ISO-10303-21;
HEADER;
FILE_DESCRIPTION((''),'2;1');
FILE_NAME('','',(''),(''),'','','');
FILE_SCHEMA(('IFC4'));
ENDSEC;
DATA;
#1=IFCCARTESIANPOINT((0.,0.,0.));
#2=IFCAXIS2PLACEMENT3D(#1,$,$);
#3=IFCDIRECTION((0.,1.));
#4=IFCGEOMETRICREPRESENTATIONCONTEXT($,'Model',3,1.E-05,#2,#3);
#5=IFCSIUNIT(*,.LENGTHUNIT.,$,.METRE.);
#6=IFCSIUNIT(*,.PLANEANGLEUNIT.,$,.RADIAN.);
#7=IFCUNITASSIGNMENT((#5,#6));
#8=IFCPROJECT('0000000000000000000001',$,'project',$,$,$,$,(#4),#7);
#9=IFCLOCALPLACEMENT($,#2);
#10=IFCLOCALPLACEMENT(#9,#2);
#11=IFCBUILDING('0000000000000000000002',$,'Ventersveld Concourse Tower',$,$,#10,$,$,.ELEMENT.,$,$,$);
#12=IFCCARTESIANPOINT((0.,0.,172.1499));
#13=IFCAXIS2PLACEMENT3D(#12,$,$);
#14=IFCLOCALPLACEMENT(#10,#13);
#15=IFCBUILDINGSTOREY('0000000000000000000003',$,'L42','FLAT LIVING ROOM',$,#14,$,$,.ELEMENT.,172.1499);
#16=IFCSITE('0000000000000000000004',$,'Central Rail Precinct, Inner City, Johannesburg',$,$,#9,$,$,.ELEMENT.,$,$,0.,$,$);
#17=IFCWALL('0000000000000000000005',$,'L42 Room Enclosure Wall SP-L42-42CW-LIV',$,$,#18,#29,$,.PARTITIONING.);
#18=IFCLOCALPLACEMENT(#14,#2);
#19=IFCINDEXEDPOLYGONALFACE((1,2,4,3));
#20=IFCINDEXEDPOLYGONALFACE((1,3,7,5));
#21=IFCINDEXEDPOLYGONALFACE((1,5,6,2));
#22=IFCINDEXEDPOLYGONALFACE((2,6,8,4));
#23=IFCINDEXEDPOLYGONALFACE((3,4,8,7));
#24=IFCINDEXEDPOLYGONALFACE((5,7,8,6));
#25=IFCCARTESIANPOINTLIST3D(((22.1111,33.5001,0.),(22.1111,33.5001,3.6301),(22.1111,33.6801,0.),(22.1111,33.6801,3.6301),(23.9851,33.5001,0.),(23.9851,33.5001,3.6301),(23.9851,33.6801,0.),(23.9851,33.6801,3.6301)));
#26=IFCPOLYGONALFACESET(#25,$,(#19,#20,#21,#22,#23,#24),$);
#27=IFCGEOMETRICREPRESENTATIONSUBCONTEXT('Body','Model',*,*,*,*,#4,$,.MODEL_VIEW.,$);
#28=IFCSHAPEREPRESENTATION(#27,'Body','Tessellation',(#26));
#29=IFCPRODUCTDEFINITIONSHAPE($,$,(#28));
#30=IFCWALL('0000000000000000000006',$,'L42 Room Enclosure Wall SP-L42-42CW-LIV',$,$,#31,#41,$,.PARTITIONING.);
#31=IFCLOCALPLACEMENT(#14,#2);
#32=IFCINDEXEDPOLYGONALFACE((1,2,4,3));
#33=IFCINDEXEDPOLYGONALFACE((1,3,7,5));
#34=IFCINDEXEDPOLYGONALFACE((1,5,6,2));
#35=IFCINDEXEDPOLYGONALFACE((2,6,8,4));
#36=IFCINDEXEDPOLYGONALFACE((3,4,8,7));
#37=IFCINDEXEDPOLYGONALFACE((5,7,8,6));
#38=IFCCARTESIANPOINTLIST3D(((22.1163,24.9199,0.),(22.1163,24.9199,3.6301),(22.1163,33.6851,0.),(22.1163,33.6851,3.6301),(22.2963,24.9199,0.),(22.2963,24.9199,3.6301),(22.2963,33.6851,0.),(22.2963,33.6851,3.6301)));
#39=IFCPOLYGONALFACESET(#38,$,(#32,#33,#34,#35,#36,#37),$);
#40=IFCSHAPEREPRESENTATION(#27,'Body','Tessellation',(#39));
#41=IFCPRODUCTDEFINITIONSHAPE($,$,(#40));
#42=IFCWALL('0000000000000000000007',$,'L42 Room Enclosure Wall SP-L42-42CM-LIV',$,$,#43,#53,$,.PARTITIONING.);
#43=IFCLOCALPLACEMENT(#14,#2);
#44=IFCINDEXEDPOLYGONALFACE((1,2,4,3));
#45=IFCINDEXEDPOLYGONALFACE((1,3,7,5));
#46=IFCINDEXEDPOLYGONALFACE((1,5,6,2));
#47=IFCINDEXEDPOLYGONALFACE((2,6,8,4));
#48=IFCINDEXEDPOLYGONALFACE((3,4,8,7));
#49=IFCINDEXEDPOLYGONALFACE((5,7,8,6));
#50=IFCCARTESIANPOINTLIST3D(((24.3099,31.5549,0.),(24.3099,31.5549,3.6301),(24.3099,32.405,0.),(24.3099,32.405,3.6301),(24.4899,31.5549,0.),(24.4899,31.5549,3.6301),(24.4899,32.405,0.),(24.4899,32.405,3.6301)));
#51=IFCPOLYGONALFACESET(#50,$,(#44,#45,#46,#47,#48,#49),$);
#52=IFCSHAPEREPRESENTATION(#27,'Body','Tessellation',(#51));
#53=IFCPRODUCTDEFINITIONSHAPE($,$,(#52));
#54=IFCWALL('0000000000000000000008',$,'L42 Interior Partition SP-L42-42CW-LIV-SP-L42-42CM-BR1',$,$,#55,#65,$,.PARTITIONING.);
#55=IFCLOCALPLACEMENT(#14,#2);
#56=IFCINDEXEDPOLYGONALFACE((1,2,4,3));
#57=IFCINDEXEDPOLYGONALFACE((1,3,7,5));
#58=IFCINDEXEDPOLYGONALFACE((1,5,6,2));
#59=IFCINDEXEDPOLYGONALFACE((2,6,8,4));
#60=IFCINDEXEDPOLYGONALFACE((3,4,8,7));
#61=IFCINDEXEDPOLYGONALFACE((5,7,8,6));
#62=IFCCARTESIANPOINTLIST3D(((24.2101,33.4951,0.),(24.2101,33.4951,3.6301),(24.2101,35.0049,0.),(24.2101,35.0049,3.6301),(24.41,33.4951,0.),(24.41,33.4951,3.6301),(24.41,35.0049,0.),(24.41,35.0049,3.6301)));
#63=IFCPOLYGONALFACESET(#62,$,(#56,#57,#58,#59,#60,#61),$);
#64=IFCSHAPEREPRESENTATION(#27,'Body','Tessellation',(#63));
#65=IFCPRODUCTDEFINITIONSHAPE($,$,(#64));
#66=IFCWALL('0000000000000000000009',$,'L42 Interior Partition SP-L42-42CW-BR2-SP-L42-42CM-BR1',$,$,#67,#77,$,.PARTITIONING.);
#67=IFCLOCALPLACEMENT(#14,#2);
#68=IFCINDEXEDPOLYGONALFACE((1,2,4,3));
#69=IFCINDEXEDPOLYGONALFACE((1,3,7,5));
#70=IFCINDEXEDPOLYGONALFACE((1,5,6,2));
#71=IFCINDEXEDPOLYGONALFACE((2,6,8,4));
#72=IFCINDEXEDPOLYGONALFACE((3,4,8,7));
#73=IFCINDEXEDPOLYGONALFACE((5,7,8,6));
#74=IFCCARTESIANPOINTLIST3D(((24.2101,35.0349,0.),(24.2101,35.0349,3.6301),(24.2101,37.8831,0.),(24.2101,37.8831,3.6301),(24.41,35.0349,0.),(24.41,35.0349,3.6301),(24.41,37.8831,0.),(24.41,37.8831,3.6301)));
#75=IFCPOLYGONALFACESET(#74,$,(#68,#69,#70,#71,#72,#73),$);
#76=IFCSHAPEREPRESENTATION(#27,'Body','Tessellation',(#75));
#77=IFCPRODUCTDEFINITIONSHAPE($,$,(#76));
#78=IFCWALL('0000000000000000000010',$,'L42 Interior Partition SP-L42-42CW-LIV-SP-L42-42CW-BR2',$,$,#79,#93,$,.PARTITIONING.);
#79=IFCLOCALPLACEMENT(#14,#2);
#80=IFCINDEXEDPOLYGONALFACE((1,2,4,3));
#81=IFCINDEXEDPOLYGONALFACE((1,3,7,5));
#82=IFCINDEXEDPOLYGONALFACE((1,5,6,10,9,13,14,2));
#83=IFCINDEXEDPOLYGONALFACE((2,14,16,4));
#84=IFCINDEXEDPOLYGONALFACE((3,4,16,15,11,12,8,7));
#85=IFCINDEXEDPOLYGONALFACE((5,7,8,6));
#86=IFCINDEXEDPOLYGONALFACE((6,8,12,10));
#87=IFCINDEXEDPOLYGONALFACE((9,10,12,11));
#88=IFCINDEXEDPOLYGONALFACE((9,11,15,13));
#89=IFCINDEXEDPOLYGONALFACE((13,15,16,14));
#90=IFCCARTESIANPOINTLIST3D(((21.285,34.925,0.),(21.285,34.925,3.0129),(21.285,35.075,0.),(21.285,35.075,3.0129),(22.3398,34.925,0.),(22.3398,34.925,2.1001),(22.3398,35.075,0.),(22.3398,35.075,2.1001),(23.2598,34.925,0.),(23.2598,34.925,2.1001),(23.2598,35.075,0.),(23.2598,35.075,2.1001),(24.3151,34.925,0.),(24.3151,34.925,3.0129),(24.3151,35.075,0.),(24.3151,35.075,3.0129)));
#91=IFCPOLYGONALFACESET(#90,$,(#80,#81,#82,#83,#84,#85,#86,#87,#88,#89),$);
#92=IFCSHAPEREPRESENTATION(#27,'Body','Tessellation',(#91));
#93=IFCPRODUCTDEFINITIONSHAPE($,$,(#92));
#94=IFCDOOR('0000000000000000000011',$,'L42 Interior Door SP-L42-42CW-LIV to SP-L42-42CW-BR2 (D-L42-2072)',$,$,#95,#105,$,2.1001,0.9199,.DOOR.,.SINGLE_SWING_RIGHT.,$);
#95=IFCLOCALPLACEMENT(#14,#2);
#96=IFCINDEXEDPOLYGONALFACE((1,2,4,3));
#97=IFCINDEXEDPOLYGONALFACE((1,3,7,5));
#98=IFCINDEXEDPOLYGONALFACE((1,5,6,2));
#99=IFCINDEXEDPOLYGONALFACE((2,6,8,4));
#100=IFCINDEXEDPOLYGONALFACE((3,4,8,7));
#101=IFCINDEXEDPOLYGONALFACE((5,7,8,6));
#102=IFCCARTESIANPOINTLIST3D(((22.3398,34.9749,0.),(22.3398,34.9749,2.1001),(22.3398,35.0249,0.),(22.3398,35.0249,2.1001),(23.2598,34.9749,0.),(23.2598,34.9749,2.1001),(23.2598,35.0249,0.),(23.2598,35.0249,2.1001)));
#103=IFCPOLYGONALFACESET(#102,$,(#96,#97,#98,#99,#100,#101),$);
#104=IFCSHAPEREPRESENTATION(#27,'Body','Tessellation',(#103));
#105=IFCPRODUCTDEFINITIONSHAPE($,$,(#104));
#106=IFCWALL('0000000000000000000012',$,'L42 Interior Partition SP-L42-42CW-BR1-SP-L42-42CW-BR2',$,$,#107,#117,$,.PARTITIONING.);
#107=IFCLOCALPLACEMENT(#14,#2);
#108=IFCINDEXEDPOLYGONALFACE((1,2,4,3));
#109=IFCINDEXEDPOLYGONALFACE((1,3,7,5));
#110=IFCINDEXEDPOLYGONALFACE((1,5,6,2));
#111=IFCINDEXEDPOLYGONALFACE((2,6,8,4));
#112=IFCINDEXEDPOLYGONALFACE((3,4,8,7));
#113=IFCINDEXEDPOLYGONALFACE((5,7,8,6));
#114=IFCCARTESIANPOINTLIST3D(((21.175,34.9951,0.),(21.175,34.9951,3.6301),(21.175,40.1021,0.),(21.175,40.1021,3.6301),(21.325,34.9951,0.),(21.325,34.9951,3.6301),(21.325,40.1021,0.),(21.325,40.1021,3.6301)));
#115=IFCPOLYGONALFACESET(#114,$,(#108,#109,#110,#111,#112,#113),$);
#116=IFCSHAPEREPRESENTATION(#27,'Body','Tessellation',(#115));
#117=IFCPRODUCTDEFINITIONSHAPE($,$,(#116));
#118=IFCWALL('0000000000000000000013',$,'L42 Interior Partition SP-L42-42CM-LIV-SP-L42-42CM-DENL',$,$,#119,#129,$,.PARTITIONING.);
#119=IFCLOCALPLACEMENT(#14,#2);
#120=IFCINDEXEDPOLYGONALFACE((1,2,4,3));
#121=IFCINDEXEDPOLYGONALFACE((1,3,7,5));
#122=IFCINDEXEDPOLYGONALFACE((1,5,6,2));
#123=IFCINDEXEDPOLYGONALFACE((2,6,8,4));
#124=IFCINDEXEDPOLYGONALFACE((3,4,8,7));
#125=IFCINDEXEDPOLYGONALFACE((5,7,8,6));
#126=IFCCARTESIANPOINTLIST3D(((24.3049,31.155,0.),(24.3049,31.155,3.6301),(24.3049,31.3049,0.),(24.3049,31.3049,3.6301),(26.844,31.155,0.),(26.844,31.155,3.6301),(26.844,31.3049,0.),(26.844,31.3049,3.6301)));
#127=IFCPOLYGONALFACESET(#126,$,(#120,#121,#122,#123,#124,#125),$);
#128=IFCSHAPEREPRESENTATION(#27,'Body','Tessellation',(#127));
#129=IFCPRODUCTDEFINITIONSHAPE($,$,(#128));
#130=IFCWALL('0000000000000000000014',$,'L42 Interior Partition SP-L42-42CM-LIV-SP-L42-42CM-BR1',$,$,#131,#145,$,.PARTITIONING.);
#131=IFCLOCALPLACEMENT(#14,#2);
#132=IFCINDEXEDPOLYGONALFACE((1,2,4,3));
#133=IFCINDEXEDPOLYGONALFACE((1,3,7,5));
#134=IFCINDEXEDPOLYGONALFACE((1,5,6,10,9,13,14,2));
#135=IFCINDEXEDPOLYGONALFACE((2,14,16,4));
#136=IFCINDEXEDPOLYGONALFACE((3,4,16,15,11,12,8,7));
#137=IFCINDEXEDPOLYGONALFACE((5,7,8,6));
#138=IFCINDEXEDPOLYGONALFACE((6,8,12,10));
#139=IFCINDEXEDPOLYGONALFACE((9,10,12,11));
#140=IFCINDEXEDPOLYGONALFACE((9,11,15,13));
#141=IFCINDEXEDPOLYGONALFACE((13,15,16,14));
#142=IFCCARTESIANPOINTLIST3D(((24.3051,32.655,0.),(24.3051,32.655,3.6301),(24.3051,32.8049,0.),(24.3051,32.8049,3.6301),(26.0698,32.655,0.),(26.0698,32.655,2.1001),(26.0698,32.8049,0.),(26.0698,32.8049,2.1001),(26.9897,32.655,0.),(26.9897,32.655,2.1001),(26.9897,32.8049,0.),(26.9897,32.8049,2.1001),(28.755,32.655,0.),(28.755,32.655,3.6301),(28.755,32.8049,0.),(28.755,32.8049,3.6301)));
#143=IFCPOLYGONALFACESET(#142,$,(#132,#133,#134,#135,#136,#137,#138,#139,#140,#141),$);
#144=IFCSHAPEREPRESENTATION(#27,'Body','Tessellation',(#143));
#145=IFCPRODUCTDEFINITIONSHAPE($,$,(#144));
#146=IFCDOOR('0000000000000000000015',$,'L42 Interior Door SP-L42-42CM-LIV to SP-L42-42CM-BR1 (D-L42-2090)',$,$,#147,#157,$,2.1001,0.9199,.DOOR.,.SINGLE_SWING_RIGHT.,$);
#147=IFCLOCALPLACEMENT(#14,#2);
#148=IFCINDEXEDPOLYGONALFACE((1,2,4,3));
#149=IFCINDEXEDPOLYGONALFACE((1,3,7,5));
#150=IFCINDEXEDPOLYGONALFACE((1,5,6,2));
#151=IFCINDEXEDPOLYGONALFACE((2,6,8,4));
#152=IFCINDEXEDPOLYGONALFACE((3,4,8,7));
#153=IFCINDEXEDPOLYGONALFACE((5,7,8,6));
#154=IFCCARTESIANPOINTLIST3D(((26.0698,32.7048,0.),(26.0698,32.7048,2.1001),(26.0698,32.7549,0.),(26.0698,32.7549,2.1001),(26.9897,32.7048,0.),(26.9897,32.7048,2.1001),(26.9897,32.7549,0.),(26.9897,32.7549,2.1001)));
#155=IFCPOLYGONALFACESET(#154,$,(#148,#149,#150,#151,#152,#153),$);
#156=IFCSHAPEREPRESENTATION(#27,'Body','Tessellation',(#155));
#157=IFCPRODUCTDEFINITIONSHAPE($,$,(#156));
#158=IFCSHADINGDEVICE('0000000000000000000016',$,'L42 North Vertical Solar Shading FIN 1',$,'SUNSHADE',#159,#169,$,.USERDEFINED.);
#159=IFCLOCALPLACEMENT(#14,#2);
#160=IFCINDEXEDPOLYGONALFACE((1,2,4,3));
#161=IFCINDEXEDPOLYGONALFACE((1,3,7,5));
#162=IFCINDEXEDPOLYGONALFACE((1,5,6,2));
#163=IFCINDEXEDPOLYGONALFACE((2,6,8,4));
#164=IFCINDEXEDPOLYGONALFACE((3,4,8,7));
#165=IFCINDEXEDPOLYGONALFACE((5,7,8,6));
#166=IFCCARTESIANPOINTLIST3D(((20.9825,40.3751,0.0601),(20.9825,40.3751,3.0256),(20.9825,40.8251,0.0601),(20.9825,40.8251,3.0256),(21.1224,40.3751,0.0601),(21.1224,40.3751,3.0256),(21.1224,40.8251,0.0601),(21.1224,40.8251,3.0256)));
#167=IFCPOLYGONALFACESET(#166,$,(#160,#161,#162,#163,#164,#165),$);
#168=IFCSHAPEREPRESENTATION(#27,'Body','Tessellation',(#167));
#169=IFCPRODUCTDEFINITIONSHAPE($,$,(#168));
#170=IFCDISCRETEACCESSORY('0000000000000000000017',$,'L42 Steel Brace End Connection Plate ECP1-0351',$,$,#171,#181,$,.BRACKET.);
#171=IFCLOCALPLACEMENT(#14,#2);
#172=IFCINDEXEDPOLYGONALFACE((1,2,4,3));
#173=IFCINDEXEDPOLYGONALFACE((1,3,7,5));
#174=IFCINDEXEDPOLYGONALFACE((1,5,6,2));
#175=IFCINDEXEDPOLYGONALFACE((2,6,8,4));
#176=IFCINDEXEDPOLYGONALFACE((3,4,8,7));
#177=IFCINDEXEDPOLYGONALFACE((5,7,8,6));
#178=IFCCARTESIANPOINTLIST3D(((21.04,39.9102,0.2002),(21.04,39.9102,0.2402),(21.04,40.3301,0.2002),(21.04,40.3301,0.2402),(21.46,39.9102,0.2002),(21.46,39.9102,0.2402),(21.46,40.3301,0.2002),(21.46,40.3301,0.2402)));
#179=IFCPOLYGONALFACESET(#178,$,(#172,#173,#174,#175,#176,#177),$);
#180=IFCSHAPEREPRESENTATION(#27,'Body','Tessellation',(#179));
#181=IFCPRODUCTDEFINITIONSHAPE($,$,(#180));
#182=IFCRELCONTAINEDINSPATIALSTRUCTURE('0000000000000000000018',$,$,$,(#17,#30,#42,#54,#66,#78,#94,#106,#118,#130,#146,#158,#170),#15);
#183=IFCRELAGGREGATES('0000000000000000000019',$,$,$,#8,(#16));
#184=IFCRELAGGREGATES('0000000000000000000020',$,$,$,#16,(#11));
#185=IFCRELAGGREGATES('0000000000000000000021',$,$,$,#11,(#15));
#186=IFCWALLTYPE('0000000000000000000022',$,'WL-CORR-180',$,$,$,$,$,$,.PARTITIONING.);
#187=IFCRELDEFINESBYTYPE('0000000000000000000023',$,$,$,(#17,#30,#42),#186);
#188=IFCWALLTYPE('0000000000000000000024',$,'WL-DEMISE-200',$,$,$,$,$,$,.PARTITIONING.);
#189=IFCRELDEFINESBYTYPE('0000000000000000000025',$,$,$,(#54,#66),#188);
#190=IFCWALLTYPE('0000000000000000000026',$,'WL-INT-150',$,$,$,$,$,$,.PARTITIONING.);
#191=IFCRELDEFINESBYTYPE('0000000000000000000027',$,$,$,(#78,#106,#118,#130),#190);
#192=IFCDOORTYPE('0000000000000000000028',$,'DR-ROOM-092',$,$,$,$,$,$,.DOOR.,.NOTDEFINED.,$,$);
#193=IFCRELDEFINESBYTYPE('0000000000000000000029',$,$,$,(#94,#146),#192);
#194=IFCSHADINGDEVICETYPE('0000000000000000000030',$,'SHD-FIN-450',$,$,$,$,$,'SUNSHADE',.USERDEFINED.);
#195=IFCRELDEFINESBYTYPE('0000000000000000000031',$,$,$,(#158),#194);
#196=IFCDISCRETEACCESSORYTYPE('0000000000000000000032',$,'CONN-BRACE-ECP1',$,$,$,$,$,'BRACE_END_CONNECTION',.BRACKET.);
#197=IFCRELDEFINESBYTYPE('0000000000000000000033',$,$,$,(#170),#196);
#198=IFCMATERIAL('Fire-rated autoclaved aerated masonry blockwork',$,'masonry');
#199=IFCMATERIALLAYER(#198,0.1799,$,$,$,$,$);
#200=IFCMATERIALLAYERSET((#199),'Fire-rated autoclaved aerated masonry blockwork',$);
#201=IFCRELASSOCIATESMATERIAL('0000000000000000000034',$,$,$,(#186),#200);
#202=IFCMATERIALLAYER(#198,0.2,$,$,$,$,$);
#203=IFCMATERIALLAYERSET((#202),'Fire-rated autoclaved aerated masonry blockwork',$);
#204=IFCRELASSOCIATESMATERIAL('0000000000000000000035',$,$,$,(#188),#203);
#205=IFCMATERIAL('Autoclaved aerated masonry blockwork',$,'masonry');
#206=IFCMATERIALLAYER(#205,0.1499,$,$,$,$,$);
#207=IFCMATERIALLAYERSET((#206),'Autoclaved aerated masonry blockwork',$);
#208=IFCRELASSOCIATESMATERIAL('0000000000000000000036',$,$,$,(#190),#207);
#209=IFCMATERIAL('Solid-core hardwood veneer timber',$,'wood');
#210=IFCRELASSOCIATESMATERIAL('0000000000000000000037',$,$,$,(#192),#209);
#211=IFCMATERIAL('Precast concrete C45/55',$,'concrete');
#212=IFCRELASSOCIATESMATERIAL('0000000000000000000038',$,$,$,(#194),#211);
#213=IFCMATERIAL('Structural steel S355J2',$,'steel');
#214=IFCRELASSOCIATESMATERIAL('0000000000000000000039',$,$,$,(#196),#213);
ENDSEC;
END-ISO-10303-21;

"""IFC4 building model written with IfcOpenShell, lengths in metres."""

from ifc_helpers import new_model, si_unit, direction, frame, frame_2d, origin, origin_2d, place, context, subcontext, project, spatial, rectangle, extrude, material, layer, layer_set, type_object, element, fill, save


model = new_model("IFC4")

# Units and contexts
model_context = context("Model", 3, precision=1e-05, world=origin(), true_north=direction((0.0, 1.0)))
body_context = subcontext(model_context, "Body", "Model", "MODEL_VIEW")
ifc_project = project(units=[si_unit("LENGTHUNIT", "METRE"), si_unit("PLANEANGLEUNIT", "RADIAN")], contexts=[model_context])

# Site, building, storey
site_placement = place(None, origin())
site = spatial("IfcSite", under=ifc_project, at=site_placement, Name="Central Rail Precinct, Inner City, Johannesburg", CompositionType="ELEMENT", RefElevation=0.0)
building_placement = place(site_placement, origin())
building = spatial("IfcBuilding", under=site, at=building_placement, Name="Ventersveld Concourse Tower", CompositionType="ELEMENT")
storey_placement = place(building_placement, frame((0.0, 0.0, 172.1499)))
storey = spatial("IfcBuildingStorey", under=building, at=storey_placement, Name="L42", Description="FLAT LIVING ROOM", CompositionType="ELEMENT", Elevation=172.1499)

# Shared definitions
ifc_material_1 = material(Name="Structural steel S355J2", Category="steel")

# Walls
ifc_material_2 = material(Name="Fire-rated autoclaved aerated masonry blockwork", Category="masonry")
ifc_layer_1 = layer(ifc_material_2, 0.1799)
ifc_layer_set_1 = layer_set([ifc_layer_1], Name="Fire-rated autoclaved aerated masonry blockwork")
wall_type_1 = type_object("IfcWallType", Name="WL-CORR-180", PredefinedType="PARTITIONING", material=ifc_layer_set_1)
wall_1_placement = place(storey_placement, frame((23.9851, 33.5901, 0.0), z_axis=(0.0, 0.0, 1.0), x_axis=(-1.0, 0.0, 0.0)))
element("IfcWall", 1, at=wall_1_placement, inside=storey, type_object=wall_type_1, Name="L42 Room Enclosure Wall SP-L42-42CW-LIV", PredefinedType="PARTITIONING", context=body_context, shape_type="SweptSolid", body=[
    extrude(rectangle(XDim=1.874, YDim=0.1799, at=frame_2d((0.937, 0.0))), origin(), (0.0, 0.0, 1.0), 3.6301),
])
wall_2_placement = place(storey_placement, frame((22.2063, 33.6851, 0.0), z_axis=(0.0, 0.0, 1.0), x_axis=(0.0, -1.0, 0.0)))
element("IfcWall", 2, at=wall_2_placement, inside=storey, type_object=wall_type_1, Name="L42 Room Enclosure Wall SP-L42-42CW-LIV", PredefinedType="PARTITIONING", context=body_context, shape_type="SweptSolid", body=[
    extrude(rectangle(XDim=8.7651, YDim=0.1799, at=frame_2d((4.3826, 0.0))), origin(), (0.0, 0.0, 1.0), 3.6301),
])
wall_3_placement = place(storey_placement, frame((24.3999, 31.5549, 0.0), z_axis=(0.0, 0.0, 1.0), x_axis=(0.0, 1.0, 0.0)))
element("IfcWall", 3, at=wall_3_placement, inside=storey, type_object=wall_type_1, Name="L42 Room Enclosure Wall SP-L42-42CM-LIV", PredefinedType="PARTITIONING", context=body_context, shape_type="SweptSolid", body=[
    extrude(rectangle(XDim=0.8501, YDim=0.1799, at=frame_2d((0.425, 0.0))), origin(), (0.0, 0.0, 1.0), 3.6301),
])
ifc_layer_2 = layer(ifc_material_2, 0.2)
ifc_layer_set_2 = layer_set([ifc_layer_2], Name="Fire-rated autoclaved aerated masonry blockwork")
wall_type_2 = type_object("IfcWallType", Name="WL-DEMISE-200", PredefinedType="PARTITIONING", material=ifc_layer_set_2)
wall_4_placement = place(storey_placement, frame((24.3101, 33.4951, 0.0), z_axis=(0.0, 0.0, 1.0), x_axis=(0.0, 1.0, 0.0)))
element("IfcWall", 4, at=wall_4_placement, inside=storey, type_object=wall_type_2, Name="L42 Interior Partition SP-L42-42CW-LIV-SP-L42-42CM-BR1", PredefinedType="PARTITIONING", context=body_context, shape_type="SweptSolid", body=[
    extrude(rectangle(XDim=1.5098, YDim=0.2, at=frame_2d((0.7549, 0.0))), origin(), (0.0, 0.0, 1.0), 3.6301),
])
wall_5_placement = place(storey_placement, frame((24.3101, 35.0349, 0.0), z_axis=(0.0, 0.0, 1.0), x_axis=(0.0, 1.0, 0.0)))
element("IfcWall", 5, at=wall_5_placement, inside=storey, type_object=wall_type_2, Name="L42 Interior Partition SP-L42-42CW-BR2-SP-L42-42CM-BR1", PredefinedType="PARTITIONING", context=body_context, shape_type="SweptSolid", body=[
    extrude(rectangle(XDim=2.8481, YDim=0.2, at=frame_2d((1.4241, 0.0))), origin(), (0.0, 0.0, 1.0), 3.6301),
])

# Wall, opening, door
ifc_material_3 = material(Name="Autoclaved aerated masonry blockwork", Category="masonry")
ifc_layer_3 = layer(ifc_material_3, 0.1499)
ifc_layer_set_3 = layer_set([ifc_layer_3], Name="Autoclaved aerated masonry blockwork")
wall_type_3 = type_object("IfcWallType", Name="WL-INT-150", PredefinedType="PARTITIONING", material=ifc_layer_set_3)
wall_6_placement = place(storey_placement, frame((21.2849, 35.0, 0.0), z_axis=(0.0, 0.0, 1.0), x_axis=(1.0, 0.0, 0.0)))
wall_6 = element("IfcWall", 6, at=wall_6_placement, inside=storey, type_object=wall_type_3, Name="L42 Interior Partition SP-L42-42CW-LIV-SP-L42-42CW-BR2", PredefinedType="PARTITIONING", context=body_context, shape_type="SweptSolid", body=[
    extrude(rectangle(XDim=3.03, YDim=0.1499, at=frame_2d((1.5151, 0.0))), origin(), (0.0, 0.0, 1.0), 3.0129),
])
opening_1_placement = place(wall_6_placement, frame((1.0549, 0.0, 0.0)))
opening_1 = element("IfcOpeningElement", 7, at=opening_1_placement, cuts=wall_6, PredefinedType="OPENING", context=body_context, shape_type="SweptSolid", body=[
    extrude(rectangle(XDim=0.9199, YDim=2.1001, at=frame_2d((0.46, 1.05))), frame((0.0, 0.085, 0.0), z_axis=(0.0, -1.0, 0.0), x_axis=(1.0, 0.0, 0.0)), (0.0, 0.0, 1.0), 0.1699),
])
ifc_material_4 = material(Name="Solid-core hardwood veneer timber", Category="wood")
door_type = type_object("IfcDoorType", Name="DR-ROOM-092", OperationType="NOTDEFINED", PredefinedType="DOOR", material=ifc_material_4)
door_1_placement = place(opening_1_placement, origin())
door_1 = element("IfcDoor", 8, at=door_1_placement, inside=storey, type_object=door_type, Name="L42 Interior Door SP-L42-42CW-LIV to SP-L42-42CW-BR2 (D-L42-2072)", OperationType="SINGLE_SWING_RIGHT", OverallHeight=2.1001, OverallWidth=0.9199, PredefinedType="DOOR", context=body_context, shape_type="SweptSolid", body=[
    extrude(rectangle(XDim=0.9199, YDim=2.1001, at=frame_2d((0.46, 1.05))), frame((0.0, 0.0249, 0.0), z_axis=(0.0, -1.0, 0.0), x_axis=(1.0, 0.0, 0.0)), (0.0, 0.0, 1.0), 0.05),
])
fill(opening_1, door_1)

# Walls
wall_7_placement = place(storey_placement, frame((21.25, 34.9951, 0.0), z_axis=(0.0, 0.0, 1.0), x_axis=(0.0, 1.0, 0.0)))
element("IfcWall", 9, at=wall_7_placement, inside=storey, type_object=wall_type_3, Name="L42 Interior Partition SP-L42-42CW-BR1-SP-L42-42CW-BR2", PredefinedType="PARTITIONING", context=body_context, shape_type="SweptSolid", body=[
    extrude(rectangle(XDim=5.1069, YDim=0.1499, at=frame_2d((2.5535, 0.0))), origin(), (0.0, 0.0, 1.0), 3.6301),
])
wall_8_placement = place(storey_placement, frame((24.3049, 31.23, 0.0), z_axis=(0.0, 0.0, 1.0), x_axis=(1.0, 0.0, 0.0)))
element("IfcWall", 10, at=wall_8_placement, inside=storey, type_object=wall_type_3, Name="L42 Interior Partition SP-L42-42CM-LIV-SP-L42-42CM-DENL", PredefinedType="PARTITIONING", context=body_context, shape_type="SweptSolid", body=[
    extrude(rectangle(XDim=2.5391, YDim=0.1499, at=frame_2d((1.2695, 0.0))), origin(), (0.0, 0.0, 1.0), 3.6301),
])

# Wall, opening, door
wall_9_placement = place(storey_placement, frame((24.3049, 32.73, 0.0), z_axis=(0.0, 0.0, 1.0), x_axis=(1.0, 0.0, 0.0)))
wall_9 = element("IfcWall", 11, at=wall_9_placement, inside=storey, type_object=wall_type_3, Name="L42 Interior Partition SP-L42-42CM-LIV-SP-L42-42CM-BR1", PredefinedType="PARTITIONING", context=body_context, shape_type="SweptSolid", body=[
    extrude(rectangle(XDim=4.45, YDim=0.1499, at=frame_2d((2.2251, 0.0))), origin(), (0.0, 0.0, 1.0), 3.6301),
])
opening_2_placement = place(wall_9_placement, frame((1.7649, 0.0, 0.0)))
opening_2 = element("IfcOpeningElement", 12, at=opening_2_placement, cuts=wall_9, PredefinedType="OPENING", context=body_context, shape_type="SweptSolid", body=[
    extrude(rectangle(XDim=0.9199, YDim=2.1001, at=frame_2d((0.46, 1.05))), frame((0.0, 0.085, 0.0), z_axis=(0.0, -1.0, 0.0), x_axis=(1.0, 0.0, 0.0)), (0.0, 0.0, 1.0), 0.1699),
])
door_2_placement = place(opening_2_placement, origin())
door_2 = element("IfcDoor", 13, at=door_2_placement, inside=storey, type_object=door_type, Name="L42 Interior Door SP-L42-42CM-LIV to SP-L42-42CM-BR1 (D-L42-2090)", OperationType="SINGLE_SWING_RIGHT", OverallHeight=2.1001, OverallWidth=0.9199, PredefinedType="DOOR", context=body_context, shape_type="SweptSolid", body=[
    extrude(rectangle(XDim=0.9199, YDim=2.1001, at=frame_2d((0.46, 1.05))), frame((0.0, 0.0249, 0.0), z_axis=(0.0, -1.0, 0.0), x_axis=(1.0, 0.0, 0.0)), (0.0, 0.0, 1.0), 0.05),
])
fill(opening_2, door_2)

# Shading device
ifc_material_5 = material(Name="Precast concrete C45/55", Category="concrete")
shading_device_type = type_object("IfcShadingDeviceType", Name="SHD-FIN-450", ElementType="SUNSHADE", PredefinedType="USERDEFINED", material=ifc_material_5)
shading_device_placement = place(storey_placement, frame((21.0525, 40.6001, 0.0601), z_axis=(0.0, 0.0, 1.0), x_axis=(1.0, 0.0, 0.0)))
element("IfcShadingDevice", 14, at=shading_device_placement, inside=storey, type_object=shading_device_type, Name="L42 North Vertical Solar Shading FIN 1", ObjectType="SUNSHADE", PredefinedType="USERDEFINED", context=body_context, shape_type="SweptSolid", body=[
    extrude(rectangle(XDim=0.1399, YDim=0.45, at=origin_2d()), origin(), (0.0, 0.0, 1.0), 2.9656),
])

# Discrete accessory
discrete_accessory_type = type_object("IfcDiscreteAccessoryType", Name="CONN-BRACE-ECP1", ElementType="BRACE_END_CONNECTION", PredefinedType="BRACKET", material=ifc_material_1)
for number, where, z_axis, x_axis, name in (
    (15, (21.25, 40.1201, 0.2002), (0.0, 0.0, 1.0), (1.0, 0.0, 0.0), "L42 Steel Brace End Connection Plate ECP1-0351"),
):
    element("IfcDiscreteAccessory", number, at=place(storey_placement, frame(where, z_axis=z_axis, x_axis=x_axis)), inside=storey, type_object=discrete_accessory_type, Name=name, PredefinedType="BRACKET", context=body_context, shape_type="SweptSolid", body=[
        extrude(rectangle(XDim=0.4199, YDim=0.4199, at=origin_2d()), origin(), (0.0, 0.0, 1.0), 0.04),
    ])

save(model, "model.ifc")
